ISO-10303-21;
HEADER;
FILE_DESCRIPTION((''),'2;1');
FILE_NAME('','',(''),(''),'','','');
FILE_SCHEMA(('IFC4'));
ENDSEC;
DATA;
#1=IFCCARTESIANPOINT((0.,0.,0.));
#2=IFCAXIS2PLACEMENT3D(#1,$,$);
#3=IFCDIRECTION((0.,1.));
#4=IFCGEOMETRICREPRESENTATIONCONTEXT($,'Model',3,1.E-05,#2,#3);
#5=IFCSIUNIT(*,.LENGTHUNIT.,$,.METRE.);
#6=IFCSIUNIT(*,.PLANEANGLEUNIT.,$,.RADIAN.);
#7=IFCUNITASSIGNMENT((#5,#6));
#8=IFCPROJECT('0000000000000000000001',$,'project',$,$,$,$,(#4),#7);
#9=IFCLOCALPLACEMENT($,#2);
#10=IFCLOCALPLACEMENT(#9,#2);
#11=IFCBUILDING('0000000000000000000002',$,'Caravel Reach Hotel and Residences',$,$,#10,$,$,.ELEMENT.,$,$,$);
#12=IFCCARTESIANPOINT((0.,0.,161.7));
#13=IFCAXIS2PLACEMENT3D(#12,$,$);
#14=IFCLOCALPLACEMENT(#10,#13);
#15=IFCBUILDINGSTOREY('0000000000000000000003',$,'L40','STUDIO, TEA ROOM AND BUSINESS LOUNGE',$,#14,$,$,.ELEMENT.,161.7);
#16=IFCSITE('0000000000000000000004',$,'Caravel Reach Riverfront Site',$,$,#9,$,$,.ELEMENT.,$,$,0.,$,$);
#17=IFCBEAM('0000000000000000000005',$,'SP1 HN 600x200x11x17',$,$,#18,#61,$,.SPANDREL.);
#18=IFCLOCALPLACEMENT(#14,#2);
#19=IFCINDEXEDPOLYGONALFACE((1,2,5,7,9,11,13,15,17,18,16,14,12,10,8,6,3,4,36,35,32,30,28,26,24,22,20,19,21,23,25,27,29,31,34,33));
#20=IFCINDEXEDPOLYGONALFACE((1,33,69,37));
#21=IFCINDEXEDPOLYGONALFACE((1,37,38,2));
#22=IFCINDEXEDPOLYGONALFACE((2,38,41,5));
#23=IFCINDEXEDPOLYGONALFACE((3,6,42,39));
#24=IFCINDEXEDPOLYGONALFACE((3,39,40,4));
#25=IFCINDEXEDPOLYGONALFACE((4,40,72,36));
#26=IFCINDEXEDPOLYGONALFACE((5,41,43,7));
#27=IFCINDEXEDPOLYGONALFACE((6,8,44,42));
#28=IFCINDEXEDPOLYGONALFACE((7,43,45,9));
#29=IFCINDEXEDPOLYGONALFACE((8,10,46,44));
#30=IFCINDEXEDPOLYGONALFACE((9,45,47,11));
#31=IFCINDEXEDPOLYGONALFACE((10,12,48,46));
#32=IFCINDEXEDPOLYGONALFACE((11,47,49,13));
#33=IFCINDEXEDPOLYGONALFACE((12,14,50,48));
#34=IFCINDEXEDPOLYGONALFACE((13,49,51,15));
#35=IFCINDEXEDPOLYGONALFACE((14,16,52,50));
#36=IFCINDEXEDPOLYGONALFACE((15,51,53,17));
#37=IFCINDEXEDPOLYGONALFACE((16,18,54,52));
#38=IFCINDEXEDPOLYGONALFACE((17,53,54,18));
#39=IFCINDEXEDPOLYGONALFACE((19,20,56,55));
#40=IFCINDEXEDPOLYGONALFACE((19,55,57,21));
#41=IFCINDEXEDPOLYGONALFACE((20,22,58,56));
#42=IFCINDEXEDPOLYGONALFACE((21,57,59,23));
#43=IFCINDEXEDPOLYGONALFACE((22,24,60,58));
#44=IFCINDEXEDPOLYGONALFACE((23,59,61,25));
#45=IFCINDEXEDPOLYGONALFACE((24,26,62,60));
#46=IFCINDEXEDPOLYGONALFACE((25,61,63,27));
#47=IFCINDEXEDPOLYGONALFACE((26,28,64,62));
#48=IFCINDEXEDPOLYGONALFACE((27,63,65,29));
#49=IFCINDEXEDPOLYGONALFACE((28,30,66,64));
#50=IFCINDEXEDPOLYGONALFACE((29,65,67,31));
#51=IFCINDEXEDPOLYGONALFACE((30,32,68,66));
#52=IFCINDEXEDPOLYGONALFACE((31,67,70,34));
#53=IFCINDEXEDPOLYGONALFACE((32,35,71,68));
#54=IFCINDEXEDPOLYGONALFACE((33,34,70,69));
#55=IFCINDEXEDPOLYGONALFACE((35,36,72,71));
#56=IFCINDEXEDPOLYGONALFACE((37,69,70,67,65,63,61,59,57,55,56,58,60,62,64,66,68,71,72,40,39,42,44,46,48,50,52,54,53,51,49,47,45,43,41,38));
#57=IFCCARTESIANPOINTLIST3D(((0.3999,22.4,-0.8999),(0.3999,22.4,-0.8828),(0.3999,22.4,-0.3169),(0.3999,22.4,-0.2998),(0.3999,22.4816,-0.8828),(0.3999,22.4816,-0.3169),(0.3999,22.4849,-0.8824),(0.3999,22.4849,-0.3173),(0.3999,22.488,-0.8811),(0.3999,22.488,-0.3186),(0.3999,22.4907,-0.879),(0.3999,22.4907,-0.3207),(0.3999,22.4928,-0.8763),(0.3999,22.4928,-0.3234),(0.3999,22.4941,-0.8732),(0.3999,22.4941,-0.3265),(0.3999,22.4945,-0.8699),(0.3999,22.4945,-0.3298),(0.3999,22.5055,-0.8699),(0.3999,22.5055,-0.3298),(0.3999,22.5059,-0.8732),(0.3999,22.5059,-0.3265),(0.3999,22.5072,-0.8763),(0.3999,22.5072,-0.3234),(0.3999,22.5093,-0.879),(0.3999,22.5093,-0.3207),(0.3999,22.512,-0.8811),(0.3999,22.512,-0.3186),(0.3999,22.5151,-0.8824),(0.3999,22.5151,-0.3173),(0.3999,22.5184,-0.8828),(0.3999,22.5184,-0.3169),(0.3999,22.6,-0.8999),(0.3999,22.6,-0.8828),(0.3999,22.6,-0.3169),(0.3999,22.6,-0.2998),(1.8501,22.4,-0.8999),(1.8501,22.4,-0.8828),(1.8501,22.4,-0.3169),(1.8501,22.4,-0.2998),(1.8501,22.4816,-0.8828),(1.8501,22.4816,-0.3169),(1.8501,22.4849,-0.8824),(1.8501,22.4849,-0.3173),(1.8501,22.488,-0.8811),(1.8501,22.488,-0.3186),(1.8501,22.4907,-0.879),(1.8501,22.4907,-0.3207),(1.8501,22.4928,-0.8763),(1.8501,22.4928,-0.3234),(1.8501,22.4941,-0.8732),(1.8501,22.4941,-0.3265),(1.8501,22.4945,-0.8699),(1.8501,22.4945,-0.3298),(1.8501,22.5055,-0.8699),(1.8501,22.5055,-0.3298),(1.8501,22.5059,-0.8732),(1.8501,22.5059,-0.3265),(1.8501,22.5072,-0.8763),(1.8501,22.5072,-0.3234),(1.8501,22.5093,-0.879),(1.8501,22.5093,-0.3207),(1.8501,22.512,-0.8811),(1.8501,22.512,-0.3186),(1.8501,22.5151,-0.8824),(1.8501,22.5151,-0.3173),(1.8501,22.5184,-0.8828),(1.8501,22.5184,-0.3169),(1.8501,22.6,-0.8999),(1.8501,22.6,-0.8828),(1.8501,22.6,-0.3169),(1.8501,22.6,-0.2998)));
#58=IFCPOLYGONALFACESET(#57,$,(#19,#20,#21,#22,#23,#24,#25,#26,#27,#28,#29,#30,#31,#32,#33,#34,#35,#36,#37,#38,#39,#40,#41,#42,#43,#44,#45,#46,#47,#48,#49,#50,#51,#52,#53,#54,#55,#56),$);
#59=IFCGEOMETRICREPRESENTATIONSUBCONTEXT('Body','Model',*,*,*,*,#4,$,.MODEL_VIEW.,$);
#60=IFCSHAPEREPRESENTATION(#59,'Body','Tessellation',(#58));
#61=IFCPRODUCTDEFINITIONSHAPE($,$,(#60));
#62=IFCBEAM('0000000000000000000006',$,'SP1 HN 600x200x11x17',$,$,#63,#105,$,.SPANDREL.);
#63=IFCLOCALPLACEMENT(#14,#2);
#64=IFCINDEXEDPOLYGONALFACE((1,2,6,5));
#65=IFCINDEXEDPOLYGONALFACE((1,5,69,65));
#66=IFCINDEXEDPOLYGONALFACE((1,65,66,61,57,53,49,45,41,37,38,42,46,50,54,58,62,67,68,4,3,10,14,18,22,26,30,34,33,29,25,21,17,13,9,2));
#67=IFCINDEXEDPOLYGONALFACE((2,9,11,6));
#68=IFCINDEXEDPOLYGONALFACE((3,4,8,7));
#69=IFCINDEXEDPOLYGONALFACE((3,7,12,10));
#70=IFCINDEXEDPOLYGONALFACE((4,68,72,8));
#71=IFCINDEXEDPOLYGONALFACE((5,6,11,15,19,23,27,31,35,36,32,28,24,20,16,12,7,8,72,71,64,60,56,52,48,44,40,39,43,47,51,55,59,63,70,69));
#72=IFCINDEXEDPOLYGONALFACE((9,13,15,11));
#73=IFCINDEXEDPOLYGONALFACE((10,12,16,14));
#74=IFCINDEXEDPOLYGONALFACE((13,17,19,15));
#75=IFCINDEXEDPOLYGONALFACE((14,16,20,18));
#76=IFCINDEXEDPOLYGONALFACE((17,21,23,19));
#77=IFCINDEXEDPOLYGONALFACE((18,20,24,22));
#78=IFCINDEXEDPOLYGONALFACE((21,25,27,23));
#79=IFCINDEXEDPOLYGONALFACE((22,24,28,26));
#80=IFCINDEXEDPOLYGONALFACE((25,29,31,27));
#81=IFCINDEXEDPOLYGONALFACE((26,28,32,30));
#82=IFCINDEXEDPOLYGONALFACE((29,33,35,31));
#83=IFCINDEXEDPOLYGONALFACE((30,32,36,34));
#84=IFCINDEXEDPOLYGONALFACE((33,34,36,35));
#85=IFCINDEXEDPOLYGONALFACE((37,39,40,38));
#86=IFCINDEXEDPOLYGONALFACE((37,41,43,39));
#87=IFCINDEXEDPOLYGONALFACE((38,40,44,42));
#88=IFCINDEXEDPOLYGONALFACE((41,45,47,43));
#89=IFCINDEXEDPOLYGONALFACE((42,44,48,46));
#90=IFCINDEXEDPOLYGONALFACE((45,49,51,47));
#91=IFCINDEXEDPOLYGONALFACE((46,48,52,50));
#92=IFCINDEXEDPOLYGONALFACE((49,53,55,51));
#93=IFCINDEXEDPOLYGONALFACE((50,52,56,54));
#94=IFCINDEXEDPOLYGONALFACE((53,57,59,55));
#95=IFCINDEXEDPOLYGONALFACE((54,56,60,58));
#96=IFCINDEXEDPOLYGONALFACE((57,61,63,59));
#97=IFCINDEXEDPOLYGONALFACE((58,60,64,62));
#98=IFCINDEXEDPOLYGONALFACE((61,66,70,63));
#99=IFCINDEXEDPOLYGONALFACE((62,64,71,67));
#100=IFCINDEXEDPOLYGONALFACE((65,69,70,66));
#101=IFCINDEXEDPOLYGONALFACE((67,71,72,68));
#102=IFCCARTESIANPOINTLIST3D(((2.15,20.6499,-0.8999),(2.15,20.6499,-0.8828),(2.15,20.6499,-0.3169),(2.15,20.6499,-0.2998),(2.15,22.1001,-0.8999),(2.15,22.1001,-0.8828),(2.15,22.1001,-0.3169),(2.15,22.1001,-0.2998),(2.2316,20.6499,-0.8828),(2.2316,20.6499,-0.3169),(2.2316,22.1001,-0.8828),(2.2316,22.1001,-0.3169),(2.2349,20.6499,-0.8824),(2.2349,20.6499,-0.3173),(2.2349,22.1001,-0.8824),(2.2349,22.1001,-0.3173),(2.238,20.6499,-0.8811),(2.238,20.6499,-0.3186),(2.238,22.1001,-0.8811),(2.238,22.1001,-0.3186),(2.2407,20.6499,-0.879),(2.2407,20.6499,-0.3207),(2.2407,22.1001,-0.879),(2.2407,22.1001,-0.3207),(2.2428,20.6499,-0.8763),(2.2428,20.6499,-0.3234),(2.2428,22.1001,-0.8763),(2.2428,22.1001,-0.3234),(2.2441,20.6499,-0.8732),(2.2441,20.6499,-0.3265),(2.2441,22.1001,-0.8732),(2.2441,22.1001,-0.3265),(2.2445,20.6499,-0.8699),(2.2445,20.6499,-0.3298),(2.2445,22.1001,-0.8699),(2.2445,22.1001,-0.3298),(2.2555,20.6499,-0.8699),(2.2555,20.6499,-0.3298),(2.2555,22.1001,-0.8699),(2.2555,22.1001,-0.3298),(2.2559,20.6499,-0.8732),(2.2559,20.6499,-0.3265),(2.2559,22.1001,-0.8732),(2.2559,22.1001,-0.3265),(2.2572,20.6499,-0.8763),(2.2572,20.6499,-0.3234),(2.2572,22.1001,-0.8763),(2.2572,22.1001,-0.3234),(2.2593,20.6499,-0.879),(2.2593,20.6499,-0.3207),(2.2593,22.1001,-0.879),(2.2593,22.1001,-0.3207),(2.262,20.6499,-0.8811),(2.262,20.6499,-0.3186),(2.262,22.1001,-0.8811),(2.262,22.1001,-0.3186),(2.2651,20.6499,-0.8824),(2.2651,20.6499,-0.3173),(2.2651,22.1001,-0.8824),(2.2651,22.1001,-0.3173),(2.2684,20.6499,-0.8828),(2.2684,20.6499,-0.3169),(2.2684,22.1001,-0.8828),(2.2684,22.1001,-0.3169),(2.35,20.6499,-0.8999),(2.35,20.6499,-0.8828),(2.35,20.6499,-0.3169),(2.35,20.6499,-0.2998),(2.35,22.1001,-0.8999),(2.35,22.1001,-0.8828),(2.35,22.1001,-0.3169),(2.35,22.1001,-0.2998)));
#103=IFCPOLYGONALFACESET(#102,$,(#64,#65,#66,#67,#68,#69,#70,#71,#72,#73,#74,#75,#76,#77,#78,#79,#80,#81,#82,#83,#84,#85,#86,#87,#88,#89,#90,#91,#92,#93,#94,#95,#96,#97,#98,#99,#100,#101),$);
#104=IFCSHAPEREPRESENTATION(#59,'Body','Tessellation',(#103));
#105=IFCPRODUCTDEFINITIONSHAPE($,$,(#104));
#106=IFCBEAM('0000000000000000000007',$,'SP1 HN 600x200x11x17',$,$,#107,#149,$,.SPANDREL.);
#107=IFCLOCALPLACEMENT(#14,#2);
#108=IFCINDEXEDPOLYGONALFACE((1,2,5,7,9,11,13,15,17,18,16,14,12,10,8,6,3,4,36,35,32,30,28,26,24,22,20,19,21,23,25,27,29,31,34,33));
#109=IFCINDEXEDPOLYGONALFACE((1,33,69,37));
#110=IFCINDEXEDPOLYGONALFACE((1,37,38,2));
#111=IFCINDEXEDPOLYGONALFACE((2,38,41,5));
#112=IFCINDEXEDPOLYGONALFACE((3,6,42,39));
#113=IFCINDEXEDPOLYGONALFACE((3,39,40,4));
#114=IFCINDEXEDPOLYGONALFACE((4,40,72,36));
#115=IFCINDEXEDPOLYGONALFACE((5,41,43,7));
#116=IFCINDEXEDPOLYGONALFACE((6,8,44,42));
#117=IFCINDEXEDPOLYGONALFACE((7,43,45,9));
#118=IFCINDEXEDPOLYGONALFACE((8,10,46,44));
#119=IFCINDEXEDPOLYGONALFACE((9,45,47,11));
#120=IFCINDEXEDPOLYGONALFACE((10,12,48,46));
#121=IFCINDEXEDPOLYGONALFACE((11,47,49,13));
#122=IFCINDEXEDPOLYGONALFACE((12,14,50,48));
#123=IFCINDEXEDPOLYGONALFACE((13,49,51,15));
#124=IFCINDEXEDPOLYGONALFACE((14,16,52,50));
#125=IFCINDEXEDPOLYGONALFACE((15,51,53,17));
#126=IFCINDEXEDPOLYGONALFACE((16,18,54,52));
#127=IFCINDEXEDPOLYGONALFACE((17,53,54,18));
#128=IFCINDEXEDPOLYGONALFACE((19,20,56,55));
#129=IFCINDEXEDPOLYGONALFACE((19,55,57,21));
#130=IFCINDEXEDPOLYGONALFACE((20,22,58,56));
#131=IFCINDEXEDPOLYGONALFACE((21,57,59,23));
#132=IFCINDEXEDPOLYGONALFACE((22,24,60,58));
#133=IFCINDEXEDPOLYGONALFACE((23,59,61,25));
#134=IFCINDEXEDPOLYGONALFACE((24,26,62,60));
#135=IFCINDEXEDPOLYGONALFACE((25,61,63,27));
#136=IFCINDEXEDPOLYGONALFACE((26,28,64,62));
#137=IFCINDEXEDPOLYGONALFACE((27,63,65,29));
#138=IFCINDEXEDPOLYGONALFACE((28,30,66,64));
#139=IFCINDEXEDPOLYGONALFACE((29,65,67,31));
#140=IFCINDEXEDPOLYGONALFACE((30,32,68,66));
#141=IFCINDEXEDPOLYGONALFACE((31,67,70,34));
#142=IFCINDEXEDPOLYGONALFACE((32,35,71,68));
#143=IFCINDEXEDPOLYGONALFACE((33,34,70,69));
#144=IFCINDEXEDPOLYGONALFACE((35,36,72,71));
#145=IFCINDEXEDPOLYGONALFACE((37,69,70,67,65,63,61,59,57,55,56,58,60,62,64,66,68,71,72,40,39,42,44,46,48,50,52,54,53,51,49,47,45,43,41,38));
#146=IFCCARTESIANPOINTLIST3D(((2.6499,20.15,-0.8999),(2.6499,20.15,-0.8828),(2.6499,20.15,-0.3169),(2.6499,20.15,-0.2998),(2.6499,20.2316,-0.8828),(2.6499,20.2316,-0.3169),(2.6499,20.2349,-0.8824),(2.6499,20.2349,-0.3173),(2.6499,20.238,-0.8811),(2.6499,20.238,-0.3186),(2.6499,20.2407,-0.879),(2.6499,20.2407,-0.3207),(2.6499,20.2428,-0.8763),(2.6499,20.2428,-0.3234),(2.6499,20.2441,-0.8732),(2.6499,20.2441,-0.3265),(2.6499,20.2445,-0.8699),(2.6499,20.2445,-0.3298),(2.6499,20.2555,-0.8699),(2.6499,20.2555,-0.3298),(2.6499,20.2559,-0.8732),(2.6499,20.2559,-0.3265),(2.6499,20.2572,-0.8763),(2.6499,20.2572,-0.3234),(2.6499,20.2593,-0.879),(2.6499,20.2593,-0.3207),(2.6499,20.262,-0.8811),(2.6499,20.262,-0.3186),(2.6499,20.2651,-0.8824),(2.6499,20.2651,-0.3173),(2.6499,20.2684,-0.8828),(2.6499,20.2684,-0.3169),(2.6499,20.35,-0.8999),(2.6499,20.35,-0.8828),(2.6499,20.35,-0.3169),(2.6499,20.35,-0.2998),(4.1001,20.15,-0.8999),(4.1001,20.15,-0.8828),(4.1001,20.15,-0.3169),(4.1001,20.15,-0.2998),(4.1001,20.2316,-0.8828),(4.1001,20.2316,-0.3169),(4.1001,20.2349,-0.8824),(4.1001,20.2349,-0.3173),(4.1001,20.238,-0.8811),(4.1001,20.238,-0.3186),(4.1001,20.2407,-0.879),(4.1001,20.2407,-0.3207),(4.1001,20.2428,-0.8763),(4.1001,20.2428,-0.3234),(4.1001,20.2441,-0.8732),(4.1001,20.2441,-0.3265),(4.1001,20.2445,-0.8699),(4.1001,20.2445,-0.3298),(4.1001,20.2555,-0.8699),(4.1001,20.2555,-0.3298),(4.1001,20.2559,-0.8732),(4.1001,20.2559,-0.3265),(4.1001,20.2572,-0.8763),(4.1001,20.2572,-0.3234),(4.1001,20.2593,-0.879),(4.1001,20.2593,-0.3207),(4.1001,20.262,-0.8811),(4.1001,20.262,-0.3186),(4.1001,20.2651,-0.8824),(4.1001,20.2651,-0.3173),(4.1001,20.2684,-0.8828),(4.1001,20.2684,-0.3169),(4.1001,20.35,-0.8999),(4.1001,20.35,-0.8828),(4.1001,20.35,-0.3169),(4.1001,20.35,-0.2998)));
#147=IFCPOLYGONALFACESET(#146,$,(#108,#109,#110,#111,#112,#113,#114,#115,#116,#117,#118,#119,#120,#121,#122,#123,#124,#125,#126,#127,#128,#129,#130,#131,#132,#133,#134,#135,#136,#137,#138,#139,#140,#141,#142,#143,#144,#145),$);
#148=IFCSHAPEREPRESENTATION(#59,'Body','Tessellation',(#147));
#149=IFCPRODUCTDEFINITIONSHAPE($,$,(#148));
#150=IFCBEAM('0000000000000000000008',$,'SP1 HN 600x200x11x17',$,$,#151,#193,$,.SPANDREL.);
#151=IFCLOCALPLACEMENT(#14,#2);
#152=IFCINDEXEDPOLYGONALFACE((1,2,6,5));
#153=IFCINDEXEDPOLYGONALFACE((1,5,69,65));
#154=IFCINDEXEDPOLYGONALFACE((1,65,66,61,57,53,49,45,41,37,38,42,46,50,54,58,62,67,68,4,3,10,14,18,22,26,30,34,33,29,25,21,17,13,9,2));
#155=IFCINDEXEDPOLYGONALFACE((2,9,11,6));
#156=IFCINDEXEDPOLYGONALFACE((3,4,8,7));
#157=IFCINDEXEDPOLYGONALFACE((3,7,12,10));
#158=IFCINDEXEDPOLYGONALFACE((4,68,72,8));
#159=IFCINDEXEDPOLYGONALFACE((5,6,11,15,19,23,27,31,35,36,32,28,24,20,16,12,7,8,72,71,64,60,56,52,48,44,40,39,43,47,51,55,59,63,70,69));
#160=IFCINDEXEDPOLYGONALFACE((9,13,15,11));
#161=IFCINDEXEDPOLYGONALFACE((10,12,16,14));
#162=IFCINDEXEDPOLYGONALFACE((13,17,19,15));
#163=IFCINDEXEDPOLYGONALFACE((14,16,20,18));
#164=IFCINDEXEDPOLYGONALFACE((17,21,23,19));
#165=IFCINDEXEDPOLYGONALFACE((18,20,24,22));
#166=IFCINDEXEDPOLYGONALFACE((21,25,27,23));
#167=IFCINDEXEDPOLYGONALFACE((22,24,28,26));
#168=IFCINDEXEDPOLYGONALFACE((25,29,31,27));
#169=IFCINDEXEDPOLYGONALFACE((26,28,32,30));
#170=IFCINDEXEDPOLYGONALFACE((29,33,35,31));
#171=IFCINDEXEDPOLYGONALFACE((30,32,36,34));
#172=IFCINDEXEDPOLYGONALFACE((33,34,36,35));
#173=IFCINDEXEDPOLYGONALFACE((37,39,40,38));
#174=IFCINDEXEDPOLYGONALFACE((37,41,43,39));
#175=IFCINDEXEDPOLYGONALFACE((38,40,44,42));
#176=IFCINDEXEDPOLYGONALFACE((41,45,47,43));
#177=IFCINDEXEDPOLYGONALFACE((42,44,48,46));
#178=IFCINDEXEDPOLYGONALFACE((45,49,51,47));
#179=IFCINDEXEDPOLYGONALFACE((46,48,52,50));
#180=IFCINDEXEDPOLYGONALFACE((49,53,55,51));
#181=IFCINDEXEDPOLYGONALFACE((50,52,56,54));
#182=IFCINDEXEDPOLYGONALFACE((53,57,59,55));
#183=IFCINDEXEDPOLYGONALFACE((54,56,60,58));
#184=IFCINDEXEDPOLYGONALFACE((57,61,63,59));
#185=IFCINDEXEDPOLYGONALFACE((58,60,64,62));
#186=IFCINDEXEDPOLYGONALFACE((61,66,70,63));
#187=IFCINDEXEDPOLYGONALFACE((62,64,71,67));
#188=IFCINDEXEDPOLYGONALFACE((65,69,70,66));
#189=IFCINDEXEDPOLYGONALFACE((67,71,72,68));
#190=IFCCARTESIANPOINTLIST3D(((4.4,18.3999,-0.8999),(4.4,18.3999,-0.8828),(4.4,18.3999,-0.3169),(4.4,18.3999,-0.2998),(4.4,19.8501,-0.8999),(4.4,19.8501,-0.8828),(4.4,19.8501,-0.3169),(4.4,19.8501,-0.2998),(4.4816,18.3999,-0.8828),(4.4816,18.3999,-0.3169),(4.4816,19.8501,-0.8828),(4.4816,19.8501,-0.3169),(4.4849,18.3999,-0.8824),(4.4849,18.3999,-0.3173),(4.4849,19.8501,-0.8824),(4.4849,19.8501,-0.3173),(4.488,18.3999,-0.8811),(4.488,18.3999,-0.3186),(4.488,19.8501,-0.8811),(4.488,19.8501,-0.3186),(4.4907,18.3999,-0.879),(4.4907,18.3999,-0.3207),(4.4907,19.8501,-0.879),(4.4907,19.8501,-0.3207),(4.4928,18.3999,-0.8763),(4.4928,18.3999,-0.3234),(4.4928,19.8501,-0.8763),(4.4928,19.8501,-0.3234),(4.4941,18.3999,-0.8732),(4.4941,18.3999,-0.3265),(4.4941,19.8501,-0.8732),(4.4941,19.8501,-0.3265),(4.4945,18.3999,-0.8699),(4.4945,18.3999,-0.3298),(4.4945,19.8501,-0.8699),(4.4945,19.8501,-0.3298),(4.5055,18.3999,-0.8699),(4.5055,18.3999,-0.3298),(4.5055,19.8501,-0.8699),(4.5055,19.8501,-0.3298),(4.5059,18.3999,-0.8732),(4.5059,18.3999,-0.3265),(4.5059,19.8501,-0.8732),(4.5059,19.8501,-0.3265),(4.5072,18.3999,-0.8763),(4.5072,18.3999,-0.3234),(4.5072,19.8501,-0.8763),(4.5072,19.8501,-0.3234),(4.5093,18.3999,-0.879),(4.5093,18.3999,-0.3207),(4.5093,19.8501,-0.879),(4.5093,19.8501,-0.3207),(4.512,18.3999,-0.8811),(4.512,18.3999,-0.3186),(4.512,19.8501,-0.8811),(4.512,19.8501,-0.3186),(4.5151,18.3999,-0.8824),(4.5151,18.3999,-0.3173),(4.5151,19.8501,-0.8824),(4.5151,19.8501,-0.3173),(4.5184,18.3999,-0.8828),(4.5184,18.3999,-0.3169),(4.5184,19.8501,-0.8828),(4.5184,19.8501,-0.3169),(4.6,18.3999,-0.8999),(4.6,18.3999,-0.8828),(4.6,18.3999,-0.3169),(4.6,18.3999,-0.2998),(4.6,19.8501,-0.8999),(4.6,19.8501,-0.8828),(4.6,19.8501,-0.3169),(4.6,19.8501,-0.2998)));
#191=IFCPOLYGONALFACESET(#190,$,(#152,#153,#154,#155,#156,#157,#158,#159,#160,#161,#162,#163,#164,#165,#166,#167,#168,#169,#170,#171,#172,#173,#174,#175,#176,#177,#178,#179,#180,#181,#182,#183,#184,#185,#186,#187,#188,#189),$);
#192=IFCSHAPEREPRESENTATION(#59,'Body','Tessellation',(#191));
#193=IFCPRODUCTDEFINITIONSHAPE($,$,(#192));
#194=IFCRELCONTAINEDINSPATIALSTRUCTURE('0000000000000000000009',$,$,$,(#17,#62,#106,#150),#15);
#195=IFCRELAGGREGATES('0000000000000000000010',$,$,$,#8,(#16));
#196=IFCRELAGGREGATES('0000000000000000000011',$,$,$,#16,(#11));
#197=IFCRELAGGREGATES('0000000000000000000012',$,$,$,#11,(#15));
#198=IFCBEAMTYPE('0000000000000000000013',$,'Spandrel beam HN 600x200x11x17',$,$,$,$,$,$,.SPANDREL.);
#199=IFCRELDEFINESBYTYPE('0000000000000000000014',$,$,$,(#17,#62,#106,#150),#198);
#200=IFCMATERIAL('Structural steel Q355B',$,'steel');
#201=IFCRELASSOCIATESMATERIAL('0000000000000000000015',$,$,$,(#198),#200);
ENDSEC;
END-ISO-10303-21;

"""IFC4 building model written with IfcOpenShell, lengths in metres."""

from ifc_helpers import new_model, si_unit, direction, frame, origin, origin_2d, place, context, subcontext, project, spatial, i_section, extrude, material, material_profile, profile_set, type_object, element, save


model = new_model("IFC4")

# Units and contexts
model_context = context("Model", 3, precision=1e-05, world=origin(), true_north=direction((0.0, 1.0)))
body_context = subcontext(model_context, "Body", "Model", "MODEL_VIEW")
ifc_project = project(units=[si_unit("LENGTHUNIT", "METRE"), si_unit("PLANEANGLEUNIT", "RADIAN")], contexts=[model_context])

# Site, building, storey
site_placement = place(None, origin())
site = spatial("IfcSite", under=ifc_project, at=site_placement, Name="Caravel Reach Riverfront Site", CompositionType="ELEMENT", RefElevation=0.0)
building_placement = place(site_placement, origin())
building = spatial("IfcBuilding", under=site, at=building_placement, Name="Caravel Reach Hotel and Residences", CompositionType="ELEMENT")
storey_placement = place(building_placement, frame((0.0, 0.0, 161.7)))
storey = spatial("IfcBuildingStorey", under=building, at=storey_placement, Name="L40", Description="STUDIO, TEA ROOM AND BUSINESS LOUNGE", CompositionType="ELEMENT", Elevation=161.7)

# Beams
ifc_material_1 = material(Name="Structural steel Q355B", Category="steel")
ifc_material_profile_1 = material_profile(ifc_material_1, i_section(OverallWidth=0.2, OverallDepth=0.6001, WebThickness=0.011, FlangeThickness=0.0171, FilletRadius=0.0129, at=origin_2d()), Name="HN 600x200x11x17")
ifc_profile_set_1 = profile_set([ifc_material_profile_1], Name="Structural steel Q355B")
beam_type_1 = type_object("IfcBeamType", Name="Spandrel beam HN 600x200x11x17", PredefinedType="SPANDREL", material=ifc_profile_set_1)
for number, where, z_axis, x_axis, name in (
    (1, (0.3999, 22.5, -0.5999), (1.0, 0.0, 0.0), (0.0, 1.0, 0.0), "SP1 HN 600x200x11x17"),
    (2, (2.25, 22.1001, -0.5999), (0.0, -1.0, 0.0), (1.0, 0.0, 0.0), "SP1 HN 600x200x11x17"),
    (3, (2.6499, 20.25, -0.5999), (1.0, 0.0, 0.0), (0.0, 1.0, 0.0), "SP1 HN 600x200x11x17"),
    (4, (4.5, 19.8501, -0.5999), (0.0, -1.0, 0.0), (1.0, 0.0, 0.0), "SP1 HN 600x200x11x17"),
):
    element("IfcBeam", number, at=place(storey_placement, frame(where, z_axis=z_axis, x_axis=x_axis)), inside=storey, type_object=beam_type_1, Name=name, PredefinedType="SPANDREL", context=body_context, shape_type="SweptSolid", body=[
        extrude(i_section(OverallWidth=0.2, OverallDepth=0.6001, WebThickness=0.011, FlangeThickness=0.0171, FilletRadius=0.0129, at=origin_2d()), origin(), (0.0, 0.0, 1.0), 1.4502),
    ])

save(model, "model.ifc")
